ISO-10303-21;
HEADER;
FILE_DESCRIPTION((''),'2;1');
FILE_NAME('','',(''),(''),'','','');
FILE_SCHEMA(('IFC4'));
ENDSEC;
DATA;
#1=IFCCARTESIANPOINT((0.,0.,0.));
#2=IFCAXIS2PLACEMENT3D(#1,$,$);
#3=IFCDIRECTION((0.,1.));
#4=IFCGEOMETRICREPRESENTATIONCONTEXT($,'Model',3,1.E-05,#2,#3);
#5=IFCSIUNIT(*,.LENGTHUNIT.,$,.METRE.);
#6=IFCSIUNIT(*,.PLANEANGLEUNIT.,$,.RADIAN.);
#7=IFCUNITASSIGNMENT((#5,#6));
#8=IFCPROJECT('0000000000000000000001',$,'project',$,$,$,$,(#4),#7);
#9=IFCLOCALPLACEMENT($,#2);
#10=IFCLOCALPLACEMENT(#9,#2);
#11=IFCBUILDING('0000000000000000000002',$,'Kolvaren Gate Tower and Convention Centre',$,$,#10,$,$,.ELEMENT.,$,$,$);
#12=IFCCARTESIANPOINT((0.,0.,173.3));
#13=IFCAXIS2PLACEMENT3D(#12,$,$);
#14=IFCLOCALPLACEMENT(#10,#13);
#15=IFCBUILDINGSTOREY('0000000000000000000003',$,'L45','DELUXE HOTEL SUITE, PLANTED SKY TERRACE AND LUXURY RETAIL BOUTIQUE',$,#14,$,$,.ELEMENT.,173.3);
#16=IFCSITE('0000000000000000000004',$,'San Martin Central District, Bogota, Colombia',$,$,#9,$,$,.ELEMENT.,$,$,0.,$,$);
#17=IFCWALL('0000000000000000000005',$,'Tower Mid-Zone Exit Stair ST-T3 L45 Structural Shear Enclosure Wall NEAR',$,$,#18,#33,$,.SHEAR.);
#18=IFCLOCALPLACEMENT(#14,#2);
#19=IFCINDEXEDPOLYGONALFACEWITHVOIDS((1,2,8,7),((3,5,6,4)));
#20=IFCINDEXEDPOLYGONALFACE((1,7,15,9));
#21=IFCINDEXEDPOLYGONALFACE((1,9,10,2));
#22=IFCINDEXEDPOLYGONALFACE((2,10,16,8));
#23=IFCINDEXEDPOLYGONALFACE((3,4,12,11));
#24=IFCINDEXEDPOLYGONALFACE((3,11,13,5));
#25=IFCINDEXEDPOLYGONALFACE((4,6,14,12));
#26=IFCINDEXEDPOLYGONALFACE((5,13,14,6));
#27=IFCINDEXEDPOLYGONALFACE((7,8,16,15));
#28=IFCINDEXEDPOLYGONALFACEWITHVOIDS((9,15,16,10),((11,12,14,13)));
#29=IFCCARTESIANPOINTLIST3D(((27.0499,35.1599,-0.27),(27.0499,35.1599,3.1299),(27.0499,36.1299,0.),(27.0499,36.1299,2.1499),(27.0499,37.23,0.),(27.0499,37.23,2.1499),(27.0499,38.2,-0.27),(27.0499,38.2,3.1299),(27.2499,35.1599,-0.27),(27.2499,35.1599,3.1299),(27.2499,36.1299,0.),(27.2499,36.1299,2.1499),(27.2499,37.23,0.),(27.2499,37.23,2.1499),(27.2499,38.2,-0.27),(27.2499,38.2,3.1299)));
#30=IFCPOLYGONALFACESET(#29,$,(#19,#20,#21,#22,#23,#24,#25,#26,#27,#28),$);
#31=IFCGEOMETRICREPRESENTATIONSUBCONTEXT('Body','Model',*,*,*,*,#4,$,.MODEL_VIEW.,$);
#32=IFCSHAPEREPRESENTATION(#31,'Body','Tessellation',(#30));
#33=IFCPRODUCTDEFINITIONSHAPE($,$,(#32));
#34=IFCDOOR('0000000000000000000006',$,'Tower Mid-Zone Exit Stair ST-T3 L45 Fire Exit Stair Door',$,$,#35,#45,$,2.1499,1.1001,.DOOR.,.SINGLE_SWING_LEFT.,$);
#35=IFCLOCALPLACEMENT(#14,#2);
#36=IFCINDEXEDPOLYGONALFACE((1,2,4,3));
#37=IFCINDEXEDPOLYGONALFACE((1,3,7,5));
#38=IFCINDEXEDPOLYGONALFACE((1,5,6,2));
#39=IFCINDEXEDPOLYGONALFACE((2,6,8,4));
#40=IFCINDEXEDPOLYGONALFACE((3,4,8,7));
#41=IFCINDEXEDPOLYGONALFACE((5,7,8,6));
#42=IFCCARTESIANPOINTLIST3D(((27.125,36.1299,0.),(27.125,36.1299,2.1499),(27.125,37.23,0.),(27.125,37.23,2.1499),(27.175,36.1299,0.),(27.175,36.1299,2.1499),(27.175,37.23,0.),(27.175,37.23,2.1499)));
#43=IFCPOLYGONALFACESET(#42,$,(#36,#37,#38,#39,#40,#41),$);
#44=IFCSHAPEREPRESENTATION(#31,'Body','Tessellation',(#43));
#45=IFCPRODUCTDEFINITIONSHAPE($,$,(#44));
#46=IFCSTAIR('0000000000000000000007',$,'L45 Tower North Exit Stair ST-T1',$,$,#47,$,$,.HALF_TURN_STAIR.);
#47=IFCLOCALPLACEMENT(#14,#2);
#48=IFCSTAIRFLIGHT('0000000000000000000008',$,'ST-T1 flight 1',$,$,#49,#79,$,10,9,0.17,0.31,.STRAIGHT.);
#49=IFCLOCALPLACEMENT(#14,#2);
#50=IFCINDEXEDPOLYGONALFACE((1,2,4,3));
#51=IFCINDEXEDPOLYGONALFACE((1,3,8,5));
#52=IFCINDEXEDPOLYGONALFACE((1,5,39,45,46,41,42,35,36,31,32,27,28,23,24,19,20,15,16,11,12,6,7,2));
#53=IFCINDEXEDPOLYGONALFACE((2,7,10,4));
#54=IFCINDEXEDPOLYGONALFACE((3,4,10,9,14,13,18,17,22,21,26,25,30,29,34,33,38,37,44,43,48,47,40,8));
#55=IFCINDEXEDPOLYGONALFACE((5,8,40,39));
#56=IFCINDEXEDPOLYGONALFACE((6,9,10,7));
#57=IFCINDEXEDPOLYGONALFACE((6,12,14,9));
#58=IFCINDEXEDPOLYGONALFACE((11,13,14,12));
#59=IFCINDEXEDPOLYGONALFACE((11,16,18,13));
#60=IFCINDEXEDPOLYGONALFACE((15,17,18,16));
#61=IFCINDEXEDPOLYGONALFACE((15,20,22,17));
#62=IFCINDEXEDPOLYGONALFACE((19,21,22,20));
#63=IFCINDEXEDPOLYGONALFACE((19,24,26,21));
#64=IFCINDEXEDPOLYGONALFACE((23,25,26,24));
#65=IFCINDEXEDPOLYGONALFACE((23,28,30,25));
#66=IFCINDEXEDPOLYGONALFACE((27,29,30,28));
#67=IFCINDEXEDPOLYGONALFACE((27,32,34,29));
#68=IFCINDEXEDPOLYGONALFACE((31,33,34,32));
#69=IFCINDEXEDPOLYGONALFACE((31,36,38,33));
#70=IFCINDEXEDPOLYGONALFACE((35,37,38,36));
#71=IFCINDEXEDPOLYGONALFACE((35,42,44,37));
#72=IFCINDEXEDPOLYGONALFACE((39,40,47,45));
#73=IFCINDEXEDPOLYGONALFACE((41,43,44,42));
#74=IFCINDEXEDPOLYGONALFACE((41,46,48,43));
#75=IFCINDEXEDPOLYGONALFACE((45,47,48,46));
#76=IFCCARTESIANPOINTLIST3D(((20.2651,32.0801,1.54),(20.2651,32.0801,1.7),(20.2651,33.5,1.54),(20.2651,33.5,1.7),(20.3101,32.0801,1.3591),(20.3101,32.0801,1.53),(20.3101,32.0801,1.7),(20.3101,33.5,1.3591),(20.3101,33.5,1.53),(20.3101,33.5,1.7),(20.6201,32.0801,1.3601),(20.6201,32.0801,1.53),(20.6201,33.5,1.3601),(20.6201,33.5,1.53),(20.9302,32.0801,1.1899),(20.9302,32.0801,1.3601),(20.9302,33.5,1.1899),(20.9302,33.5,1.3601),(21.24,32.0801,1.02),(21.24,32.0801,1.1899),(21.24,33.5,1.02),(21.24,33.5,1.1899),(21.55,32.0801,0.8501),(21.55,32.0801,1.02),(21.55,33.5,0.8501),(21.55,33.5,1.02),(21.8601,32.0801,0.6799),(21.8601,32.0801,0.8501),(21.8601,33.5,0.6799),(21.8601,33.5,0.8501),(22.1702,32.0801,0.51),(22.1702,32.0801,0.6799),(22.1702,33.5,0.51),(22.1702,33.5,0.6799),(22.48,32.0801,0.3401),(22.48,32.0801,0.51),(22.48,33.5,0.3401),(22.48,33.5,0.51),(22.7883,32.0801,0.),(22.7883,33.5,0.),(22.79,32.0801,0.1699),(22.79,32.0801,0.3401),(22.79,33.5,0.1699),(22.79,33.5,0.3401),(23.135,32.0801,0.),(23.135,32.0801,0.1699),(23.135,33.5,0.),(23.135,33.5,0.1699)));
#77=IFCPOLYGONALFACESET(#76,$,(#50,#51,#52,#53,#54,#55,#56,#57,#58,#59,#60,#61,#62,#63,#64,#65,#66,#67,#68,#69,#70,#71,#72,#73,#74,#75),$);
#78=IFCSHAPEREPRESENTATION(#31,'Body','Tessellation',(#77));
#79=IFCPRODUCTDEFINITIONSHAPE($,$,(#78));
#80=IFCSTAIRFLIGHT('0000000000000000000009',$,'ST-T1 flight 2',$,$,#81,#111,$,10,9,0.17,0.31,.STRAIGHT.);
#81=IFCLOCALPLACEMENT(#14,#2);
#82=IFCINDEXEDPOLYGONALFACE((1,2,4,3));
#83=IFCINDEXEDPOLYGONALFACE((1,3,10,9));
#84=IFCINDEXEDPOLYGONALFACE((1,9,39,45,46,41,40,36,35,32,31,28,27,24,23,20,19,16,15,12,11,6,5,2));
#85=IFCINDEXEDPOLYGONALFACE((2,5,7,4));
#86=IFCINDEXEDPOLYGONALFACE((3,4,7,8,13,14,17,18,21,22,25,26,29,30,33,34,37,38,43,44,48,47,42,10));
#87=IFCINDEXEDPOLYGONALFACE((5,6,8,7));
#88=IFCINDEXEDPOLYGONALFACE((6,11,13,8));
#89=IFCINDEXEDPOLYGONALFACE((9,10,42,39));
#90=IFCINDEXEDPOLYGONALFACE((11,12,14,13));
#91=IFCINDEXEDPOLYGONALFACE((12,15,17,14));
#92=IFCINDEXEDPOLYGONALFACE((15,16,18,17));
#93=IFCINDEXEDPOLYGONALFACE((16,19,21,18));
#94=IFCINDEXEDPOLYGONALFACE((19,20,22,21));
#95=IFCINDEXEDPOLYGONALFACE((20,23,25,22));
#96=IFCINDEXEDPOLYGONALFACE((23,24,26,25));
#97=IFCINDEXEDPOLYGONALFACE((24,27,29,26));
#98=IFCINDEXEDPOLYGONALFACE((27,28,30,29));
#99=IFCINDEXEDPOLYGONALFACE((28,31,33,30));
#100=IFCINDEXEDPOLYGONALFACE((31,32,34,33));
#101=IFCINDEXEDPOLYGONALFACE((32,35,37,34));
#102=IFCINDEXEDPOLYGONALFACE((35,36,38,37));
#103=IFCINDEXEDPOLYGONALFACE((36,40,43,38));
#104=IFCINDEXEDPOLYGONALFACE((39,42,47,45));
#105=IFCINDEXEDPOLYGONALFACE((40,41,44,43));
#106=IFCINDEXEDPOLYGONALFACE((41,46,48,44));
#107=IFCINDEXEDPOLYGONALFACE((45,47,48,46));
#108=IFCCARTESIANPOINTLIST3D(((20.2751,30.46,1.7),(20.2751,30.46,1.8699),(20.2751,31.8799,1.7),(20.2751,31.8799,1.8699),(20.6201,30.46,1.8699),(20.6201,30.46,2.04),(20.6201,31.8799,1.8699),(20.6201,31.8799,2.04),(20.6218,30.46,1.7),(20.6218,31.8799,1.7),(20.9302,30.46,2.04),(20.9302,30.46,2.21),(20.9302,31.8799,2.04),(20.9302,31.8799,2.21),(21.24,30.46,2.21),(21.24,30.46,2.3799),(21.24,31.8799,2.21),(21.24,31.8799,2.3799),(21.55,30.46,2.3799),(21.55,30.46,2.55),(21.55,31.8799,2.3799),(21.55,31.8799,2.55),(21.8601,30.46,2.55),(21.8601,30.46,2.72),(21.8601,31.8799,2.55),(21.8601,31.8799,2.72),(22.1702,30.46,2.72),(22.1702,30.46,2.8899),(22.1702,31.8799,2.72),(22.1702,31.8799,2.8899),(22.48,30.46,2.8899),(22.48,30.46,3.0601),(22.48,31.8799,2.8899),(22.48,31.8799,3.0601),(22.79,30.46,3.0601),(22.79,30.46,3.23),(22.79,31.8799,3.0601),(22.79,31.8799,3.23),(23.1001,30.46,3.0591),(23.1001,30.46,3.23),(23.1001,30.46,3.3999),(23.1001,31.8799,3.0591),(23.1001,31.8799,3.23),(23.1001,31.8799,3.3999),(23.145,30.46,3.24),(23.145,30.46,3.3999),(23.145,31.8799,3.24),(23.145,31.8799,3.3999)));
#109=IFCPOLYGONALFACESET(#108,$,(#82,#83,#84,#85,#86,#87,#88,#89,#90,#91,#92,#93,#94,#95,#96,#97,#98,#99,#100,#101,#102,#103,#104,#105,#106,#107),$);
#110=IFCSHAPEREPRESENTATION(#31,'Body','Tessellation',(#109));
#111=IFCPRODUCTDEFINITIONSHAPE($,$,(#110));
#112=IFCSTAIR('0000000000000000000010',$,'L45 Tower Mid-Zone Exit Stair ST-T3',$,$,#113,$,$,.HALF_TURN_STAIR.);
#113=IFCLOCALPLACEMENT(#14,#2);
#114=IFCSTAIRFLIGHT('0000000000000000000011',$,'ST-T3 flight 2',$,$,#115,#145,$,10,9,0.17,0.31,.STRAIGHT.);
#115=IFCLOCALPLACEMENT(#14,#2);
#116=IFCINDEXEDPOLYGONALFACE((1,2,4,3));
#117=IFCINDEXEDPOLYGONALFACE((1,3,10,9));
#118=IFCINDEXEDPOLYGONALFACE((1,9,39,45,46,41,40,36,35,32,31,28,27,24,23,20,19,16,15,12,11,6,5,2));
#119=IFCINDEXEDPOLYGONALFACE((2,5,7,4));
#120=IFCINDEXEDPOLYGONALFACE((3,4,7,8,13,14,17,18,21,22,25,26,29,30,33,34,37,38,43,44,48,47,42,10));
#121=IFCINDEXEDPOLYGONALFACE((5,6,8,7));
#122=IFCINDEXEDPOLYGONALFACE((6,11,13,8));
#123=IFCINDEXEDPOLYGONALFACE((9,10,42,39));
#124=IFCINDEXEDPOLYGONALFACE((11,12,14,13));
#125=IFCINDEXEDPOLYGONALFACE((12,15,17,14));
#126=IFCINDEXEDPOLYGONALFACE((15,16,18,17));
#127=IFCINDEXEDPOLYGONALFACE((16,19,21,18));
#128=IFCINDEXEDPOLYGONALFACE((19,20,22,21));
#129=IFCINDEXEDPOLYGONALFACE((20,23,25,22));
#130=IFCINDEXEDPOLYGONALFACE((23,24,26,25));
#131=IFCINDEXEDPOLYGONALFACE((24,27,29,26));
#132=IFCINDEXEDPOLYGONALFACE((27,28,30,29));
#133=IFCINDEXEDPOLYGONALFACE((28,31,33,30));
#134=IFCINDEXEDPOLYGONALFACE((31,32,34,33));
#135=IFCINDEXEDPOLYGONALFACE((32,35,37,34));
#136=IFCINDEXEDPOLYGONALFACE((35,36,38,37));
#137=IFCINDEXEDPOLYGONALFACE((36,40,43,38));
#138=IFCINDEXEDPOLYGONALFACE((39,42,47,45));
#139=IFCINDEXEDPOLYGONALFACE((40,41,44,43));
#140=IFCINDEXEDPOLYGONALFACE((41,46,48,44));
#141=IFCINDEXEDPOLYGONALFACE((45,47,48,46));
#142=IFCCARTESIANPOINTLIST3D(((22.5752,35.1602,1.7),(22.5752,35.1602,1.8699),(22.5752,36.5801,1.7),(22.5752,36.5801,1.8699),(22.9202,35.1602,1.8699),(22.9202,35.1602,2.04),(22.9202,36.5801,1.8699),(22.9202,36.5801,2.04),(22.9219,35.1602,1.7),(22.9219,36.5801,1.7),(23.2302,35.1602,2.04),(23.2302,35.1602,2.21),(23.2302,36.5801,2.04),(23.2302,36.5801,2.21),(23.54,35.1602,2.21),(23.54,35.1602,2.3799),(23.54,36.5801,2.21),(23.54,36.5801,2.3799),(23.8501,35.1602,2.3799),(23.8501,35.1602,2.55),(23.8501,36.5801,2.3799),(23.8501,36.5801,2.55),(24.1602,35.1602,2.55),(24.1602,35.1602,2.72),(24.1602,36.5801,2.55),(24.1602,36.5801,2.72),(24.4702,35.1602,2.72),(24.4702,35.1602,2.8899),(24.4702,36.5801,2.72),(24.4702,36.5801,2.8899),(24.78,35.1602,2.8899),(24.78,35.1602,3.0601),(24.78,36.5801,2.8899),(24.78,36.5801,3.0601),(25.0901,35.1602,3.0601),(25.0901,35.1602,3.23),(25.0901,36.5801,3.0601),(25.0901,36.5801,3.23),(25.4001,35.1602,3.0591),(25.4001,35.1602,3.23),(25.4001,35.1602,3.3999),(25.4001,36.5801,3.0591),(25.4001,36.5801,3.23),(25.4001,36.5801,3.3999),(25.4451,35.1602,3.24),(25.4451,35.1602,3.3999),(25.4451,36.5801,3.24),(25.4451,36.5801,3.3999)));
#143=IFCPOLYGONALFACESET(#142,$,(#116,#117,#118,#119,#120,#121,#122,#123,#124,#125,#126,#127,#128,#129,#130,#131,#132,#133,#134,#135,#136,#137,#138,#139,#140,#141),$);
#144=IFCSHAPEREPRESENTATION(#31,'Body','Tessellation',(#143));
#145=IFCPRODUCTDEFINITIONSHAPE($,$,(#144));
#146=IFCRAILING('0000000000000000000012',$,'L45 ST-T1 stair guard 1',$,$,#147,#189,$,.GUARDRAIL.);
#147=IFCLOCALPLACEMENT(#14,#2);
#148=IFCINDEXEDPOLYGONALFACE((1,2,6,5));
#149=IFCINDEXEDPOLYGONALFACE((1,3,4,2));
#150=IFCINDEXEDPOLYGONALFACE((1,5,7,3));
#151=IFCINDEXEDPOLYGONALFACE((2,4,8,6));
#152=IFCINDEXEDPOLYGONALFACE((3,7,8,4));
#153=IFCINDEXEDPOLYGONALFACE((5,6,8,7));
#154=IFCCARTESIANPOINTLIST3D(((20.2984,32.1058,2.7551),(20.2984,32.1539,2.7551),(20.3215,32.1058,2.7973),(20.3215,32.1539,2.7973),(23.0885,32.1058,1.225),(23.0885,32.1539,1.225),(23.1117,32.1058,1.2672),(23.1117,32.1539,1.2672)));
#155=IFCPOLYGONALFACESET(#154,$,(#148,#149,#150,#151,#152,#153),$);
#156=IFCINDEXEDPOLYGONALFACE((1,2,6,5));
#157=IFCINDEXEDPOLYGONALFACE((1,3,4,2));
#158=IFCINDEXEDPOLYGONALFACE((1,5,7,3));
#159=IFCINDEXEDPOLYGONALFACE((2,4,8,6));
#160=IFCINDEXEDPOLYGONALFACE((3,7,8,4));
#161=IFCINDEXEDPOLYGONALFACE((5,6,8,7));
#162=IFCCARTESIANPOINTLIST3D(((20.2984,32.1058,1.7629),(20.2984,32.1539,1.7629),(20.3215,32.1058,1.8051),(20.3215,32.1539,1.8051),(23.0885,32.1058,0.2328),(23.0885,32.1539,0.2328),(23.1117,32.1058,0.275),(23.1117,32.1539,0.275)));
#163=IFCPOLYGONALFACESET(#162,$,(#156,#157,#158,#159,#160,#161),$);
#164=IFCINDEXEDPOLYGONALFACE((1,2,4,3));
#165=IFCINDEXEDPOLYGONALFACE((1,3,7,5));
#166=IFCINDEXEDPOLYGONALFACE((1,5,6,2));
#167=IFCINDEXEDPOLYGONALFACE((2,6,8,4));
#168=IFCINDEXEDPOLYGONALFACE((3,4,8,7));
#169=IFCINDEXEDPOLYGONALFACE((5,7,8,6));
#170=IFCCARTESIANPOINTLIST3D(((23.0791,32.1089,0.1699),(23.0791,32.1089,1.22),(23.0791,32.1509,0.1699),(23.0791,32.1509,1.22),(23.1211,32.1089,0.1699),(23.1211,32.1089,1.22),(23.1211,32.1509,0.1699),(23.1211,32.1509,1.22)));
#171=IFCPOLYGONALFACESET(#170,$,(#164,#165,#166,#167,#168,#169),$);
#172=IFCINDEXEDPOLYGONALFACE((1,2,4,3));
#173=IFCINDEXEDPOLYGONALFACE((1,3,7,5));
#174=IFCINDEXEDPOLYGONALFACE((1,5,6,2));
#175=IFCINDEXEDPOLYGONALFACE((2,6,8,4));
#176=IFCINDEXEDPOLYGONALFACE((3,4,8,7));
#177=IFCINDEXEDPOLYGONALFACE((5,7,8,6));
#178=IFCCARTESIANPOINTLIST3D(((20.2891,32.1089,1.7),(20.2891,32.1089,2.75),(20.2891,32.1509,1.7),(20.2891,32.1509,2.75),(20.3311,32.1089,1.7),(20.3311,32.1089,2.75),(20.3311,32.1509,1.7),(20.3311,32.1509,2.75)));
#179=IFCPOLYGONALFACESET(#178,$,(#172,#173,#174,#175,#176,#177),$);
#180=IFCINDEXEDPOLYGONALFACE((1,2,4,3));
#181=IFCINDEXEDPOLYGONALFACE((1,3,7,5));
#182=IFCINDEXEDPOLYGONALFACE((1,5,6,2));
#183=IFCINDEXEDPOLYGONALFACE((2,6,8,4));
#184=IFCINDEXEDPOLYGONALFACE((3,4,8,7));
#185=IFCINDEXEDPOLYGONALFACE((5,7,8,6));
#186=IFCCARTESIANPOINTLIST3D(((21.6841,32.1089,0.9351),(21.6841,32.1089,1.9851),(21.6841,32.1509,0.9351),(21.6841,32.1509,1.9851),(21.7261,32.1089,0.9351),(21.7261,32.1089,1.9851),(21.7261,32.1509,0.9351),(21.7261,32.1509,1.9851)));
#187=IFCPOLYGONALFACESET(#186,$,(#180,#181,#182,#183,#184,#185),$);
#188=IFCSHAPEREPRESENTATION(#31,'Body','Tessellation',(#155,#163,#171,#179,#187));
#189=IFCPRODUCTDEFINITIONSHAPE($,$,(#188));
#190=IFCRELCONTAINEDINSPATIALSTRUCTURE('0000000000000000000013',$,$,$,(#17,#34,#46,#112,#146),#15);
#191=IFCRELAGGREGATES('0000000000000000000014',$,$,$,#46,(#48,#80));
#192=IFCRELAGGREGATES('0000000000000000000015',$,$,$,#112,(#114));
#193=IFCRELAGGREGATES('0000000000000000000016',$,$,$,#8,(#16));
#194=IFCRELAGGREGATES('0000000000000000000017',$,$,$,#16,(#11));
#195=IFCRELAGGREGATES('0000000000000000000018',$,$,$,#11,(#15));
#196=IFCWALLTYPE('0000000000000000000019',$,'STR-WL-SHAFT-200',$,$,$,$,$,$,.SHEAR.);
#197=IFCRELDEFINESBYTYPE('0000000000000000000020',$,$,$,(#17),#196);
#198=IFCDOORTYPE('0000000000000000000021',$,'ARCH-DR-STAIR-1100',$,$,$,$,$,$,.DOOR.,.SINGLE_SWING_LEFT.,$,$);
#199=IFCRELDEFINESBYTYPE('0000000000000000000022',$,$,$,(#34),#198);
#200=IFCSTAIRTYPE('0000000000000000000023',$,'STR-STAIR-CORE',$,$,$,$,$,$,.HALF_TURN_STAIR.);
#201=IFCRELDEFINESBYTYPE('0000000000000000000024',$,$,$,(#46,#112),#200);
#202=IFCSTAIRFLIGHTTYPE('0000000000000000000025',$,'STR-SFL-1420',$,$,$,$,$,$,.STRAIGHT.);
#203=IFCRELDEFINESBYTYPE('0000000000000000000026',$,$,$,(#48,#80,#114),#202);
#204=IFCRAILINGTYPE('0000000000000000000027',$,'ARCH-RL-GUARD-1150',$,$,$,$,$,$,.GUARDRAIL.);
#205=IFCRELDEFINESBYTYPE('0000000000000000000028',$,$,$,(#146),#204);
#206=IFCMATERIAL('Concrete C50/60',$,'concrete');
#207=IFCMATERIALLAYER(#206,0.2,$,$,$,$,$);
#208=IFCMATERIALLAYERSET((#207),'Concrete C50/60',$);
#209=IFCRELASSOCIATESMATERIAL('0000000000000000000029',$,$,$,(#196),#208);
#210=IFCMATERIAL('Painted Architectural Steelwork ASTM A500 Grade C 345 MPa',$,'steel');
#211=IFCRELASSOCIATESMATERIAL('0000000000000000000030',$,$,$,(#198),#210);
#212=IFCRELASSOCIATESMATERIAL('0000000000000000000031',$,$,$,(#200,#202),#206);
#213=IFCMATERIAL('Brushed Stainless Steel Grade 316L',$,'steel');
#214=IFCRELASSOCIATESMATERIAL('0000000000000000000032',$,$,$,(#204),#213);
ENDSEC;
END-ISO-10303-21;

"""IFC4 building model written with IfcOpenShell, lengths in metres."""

from ifc_helpers import new_model, si_unit, direction, frame, frame_2d, origin, origin_2d, place, context, subcontext, project, spatial, polyline, rectangle, outline, extrude, material, layer, layer_set, type_object, element, fill, aggregate, save


model = new_model("IFC4")

# Units and contexts
model_context = context("Model", 3, precision=1e-05, world=origin(), true_north=direction((0.0, 1.0)))
body_context = subcontext(model_context, "Body", "Model", "MODEL_VIEW")
ifc_project = project(units=[si_unit("LENGTHUNIT", "METRE"), si_unit("PLANEANGLEUNIT", "RADIAN")], contexts=[model_context])

# Site, building, storey
site_placement = place(None, origin())
site = spatial("IfcSite", under=ifc_project, at=site_placement, Name="San Martin Central District, Bogota, Colombia", CompositionType="ELEMENT", RefElevation=0.0)
building_placement = place(site_placement, origin())
building = spatial("IfcBuilding", under=site, at=building_placement, Name="Kolvaren Gate Tower and Convention Centre", CompositionType="ELEMENT")
storey_placement = place(building_placement, frame((0.0, 0.0, 173.3)))
storey = spatial("IfcBuildingStorey", under=building, at=storey_placement, Name="L45", Description="DELUXE HOTEL SUITE, PLANTED SKY TERRACE AND LUXURY RETAIL BOUTIQUE", CompositionType="ELEMENT", Elevation=173.3)

# Shared definitions
ifc_material_1 = material(Name="Brushed Stainless Steel Grade 316L", Category="steel")

# Wall, opening, door
ifc_material_2 = material(Name="Concrete C50/60", Category="concrete")
ifc_layer_1 = layer(ifc_material_2, 0.2)
ifc_layer_set_1 = layer_set([ifc_layer_1], Name="Concrete C50/60")
wall_type_1 = type_object("IfcWallType", Name="STR-WL-SHAFT-200", PredefinedType="SHEAR", material=ifc_layer_set_1)
ifc_material_3 = material(Name="Painted Architectural Steelwork ASTM A500 Grade C 345 MPa", Category="steel")
door_type_1 = type_object("IfcDoorType", Name="ARCH-DR-STAIR-1100", OperationType="SINGLE_SWING_LEFT", PredefinedType="DOOR", material=ifc_material_3)
wall_1_placement = place(storey_placement, frame((27.1499, 35.1599, -0.27), z_axis=(0.0, 0.0, 1.0), x_axis=(0.0, 1.0, 0.0)))
wall_1 = element("IfcWall", 1, at=wall_1_placement, inside=storey, type_object=wall_type_1, Name="Tower Mid-Zone Exit Stair ST-T3 L45 Structural Shear Enclosure Wall NEAR", PredefinedType="SHEAR", context=body_context, shape_type="SweptSolid", body=[
    extrude(rectangle(XDim=3.04, YDim=0.2, at=frame_2d((1.52, 0.0))), origin(), (0.0, 0.0, 1.0), 3.3999),
])
opening_1_placement = place(wall_1_placement, frame((0.97, 0.0, 0.27)))
opening_1 = element("IfcOpeningElement", 2, at=opening_1_placement, cuts=wall_1, PredefinedType="OPENING", context=body_context, shape_type="SweptSolid", body=[
    extrude(rectangle(XDim=1.1001, YDim=2.1499, at=frame_2d((0.55, 1.075))), frame((0.0, 0.1099, 0.0), z_axis=(0.0, -1.0, 0.0), x_axis=(1.0, 0.0, 0.0)), (0.0, 0.0, 1.0), 0.22),
])
door_1_placement = place(opening_1_placement, origin())
door_1 = element("IfcDoor", 3, at=door_1_placement, inside=storey, type_object=door_type_1, Name="Tower Mid-Zone Exit Stair ST-T3 L45 Fire Exit Stair Door", OperationType="SINGLE_SWING_LEFT", OverallHeight=2.1499, OverallWidth=1.1001, PredefinedType="DOOR", context=body_context, shape_type="SweptSolid", body=[
    extrude(rectangle(XDim=1.1001, YDim=2.1499, at=frame_2d((0.55, 1.075))), frame((0.0, 0.0249, 0.0), z_axis=(0.0, -1.0, 0.0), x_axis=(1.0, 0.0, 0.0)), (0.0, 0.0, 1.0), 0.05),
])
fill(opening_1, door_1)

# Stair, stair flights
stair_type = type_object("IfcStairType", Name="STR-STAIR-CORE", PredefinedType="HALF_TURN_STAIR", material=ifc_material_2)
stair_1_placement = place(storey_placement, origin())
stair_1 = element("IfcStair", 4, at=stair_1_placement, inside=storey, type_object=stair_type, Name="L45 Tower North Exit Stair ST-T1", PredefinedType="HALF_TURN_STAIR")
stair_flight_type = type_object("IfcStairFlightType", Name="STR-SFL-1420", PredefinedType="STRAIGHT", material=ifc_material_2)
stair_flight_1_placement = place(storey_placement, frame((23.1001, 32.79, 0.0), z_axis=(0.0, 0.0, 1.0), x_axis=(-1.0, 0.0, 0.0)))
stair_flight_1 = element("IfcStairFlight", 5, at=stair_flight_1_placement, type_object=stair_flight_type, Name="ST-T1 flight 1", NumberOfRisers=10, NumberOfTreads=9, PredefinedType="STRAIGHT", RiserHeight=0.17, TreadLength=0.31, context=body_context, shape_type="SweptSolid", body=[
    extrude(outline(polyline([(-0.0349, 0.0), (-0.0349, 0.1699), (0.3101, 0.1699), (0.3101, 0.3401), (0.6201, 0.3401), (0.6201, 0.51), (0.9299, 0.51), (0.9299, 0.6799), (1.24, 0.6799), (1.24, 0.8501), (1.55, 0.8501), (1.55, 1.02), (1.8601, 1.02), (1.8601, 1.1899), (2.1699, 1.1899), (2.1699, 1.3601), (2.48, 1.3601), (2.48, 1.53), (2.79, 1.53), (2.79, 1.7), (2.835, 1.7), (2.835, 1.54), (2.79, 1.3591), (0.3118, 0.0), (-0.0349, 0.0)])), frame((0.0, 0.71, 0.0), z_axis=(0.0, -1.0, 0.0), x_axis=(1.0, 0.0, 0.0)), (0.0, 0.0, 1.0), 1.4199),
])
stair_flight_2_placement = place(storey_placement, frame((20.3101, 31.1699, 1.7), z_axis=(0.0, 0.0, 1.0), x_axis=(1.0, 0.0, 0.0)))
stair_flight_2 = element("IfcStairFlight", 6, at=stair_flight_2_placement, type_object=stair_flight_type, Name="ST-T1 flight 2", NumberOfRisers=10, NumberOfTreads=9, PredefinedType="STRAIGHT", RiserHeight=0.17, TreadLength=0.31, context=body_context, shape_type="SweptSolid", body=[
    extrude(outline(polyline([(-0.0349, 0.0), (-0.0349, 0.1699), (0.3101, 0.1699), (0.3101, 0.3401), (0.6201, 0.3401), (0.6201, 0.51), (0.9299, 0.51), (0.9299, 0.6799), (1.24, 0.6799), (1.24, 0.8501), (1.55, 0.8501), (1.55, 1.02), (1.8601, 1.02), (1.8601, 1.1899), (2.1699, 1.1899), (2.1699, 1.3601), (2.48, 1.3601), (2.48, 1.53), (2.79, 1.53), (2.79, 1.7), (2.835, 1.7), (2.835, 1.54), (2.79, 1.3591), (0.3118, 0.0), (-0.0349, 0.0)])), frame((0.0, 0.71, 0.0), z_axis=(0.0, -1.0, 0.0), x_axis=(1.0, 0.0, 0.0)), (0.0, 0.0, 1.0), 1.4199),
])
aggregate(stair_1, [stair_flight_1, stair_flight_2])

# Stair, stair flight
stair_2_placement = place(storey_placement, origin())
stair_2 = element("IfcStair", 7, at=stair_2_placement, inside=storey, type_object=stair_type, Name="L45 Tower Mid-Zone Exit Stair ST-T3", PredefinedType="HALF_TURN_STAIR")
stair_flight_3_placement = place(storey_placement, frame((22.6101, 35.8701, 1.7), z_axis=(0.0, 0.0, 1.0), x_axis=(1.0, 0.0, 0.0)))
stair_flight_3 = element("IfcStairFlight", 8, at=stair_flight_3_placement, type_object=stair_flight_type, Name="ST-T3 flight 2", NumberOfRisers=10, NumberOfTreads=9, PredefinedType="STRAIGHT", RiserHeight=0.17, TreadLength=0.31, context=body_context, shape_type="SweptSolid", body=[
    extrude(outline(polyline([(-0.0349, 0.0), (-0.0349, 0.1699), (0.3101, 0.1699), (0.3101, 0.3401), (0.6201, 0.3401), (0.6201, 0.51), (0.9299, 0.51), (0.9299, 0.6799), (1.24, 0.6799), (1.24, 0.8501), (1.55, 0.8501), (1.55, 1.02), (1.8601, 1.02), (1.8601, 1.1899), (2.1699, 1.1899), (2.1699, 1.3601), (2.48, 1.3601), (2.48, 1.53), (2.79, 1.53), (2.79, 1.7), (2.835, 1.7), (2.835, 1.54), (2.79, 1.3591), (0.3118, 0.0), (-0.0349, 0.0)])), frame((0.0, 0.71, 0.0), z_axis=(0.0, -1.0, 0.0), x_axis=(1.0, 0.0, 0.0)), (0.0, 0.0, 1.0), 1.4199),
])
aggregate(stair_2, [stair_flight_3])

# Railing
railing_type_1 = type_object("IfcRailingType", Name="ARCH-RL-GUARD-1150", PredefinedType="GUARDRAIL", material=ifc_material_1)
railing_1_placement = place(storey_placement, frame((23.1001, 32.1299, 0.1699)))
element("IfcRailing", 9, at=railing_1_placement, inside=storey, type_object=railing_type_1, Name="L45 ST-T1 stair guard 1", PredefinedType="GUARDRAIL", context=body_context, shape_type="SweptSolid", body=[
    extrude(rectangle(XDim=0.0481, YDim=0.0481, at=origin_2d()), frame((0.0, 0.0, 1.0762), z_axis=(-0.876811, 0.0, 0.480835), x_axis=(0.0, -1.0, 0.0)), (0.0, 0.0, 1.0), 3.1821),
    extrude(rectangle(XDim=0.0481, YDim=0.0481, at=origin_2d()), frame((0.0, 0.0, 0.084), z_axis=(-0.876811, 0.0, 0.480835), x_axis=(0.0, -1.0, 0.0)), (0.0, 0.0, 1.0), 3.1821),
    extrude(rectangle(XDim=0.042, YDim=0.042, at=origin_2d()), origin(), (0.0, 0.0, 1.0), 1.05),
    extrude(rectangle(XDim=0.042, YDim=0.042, at=origin_2d()), frame((-2.79, 0.0, 1.53)), (0.0, 0.0, 1.0), 1.05),
    extrude(rectangle(XDim=0.042, YDim=0.042, at=origin_2d()), frame((-1.395, 0.0, 0.7651)), (0.0, 0.0, 1.0), 1.05),
])

save(model, "model.ifc")
